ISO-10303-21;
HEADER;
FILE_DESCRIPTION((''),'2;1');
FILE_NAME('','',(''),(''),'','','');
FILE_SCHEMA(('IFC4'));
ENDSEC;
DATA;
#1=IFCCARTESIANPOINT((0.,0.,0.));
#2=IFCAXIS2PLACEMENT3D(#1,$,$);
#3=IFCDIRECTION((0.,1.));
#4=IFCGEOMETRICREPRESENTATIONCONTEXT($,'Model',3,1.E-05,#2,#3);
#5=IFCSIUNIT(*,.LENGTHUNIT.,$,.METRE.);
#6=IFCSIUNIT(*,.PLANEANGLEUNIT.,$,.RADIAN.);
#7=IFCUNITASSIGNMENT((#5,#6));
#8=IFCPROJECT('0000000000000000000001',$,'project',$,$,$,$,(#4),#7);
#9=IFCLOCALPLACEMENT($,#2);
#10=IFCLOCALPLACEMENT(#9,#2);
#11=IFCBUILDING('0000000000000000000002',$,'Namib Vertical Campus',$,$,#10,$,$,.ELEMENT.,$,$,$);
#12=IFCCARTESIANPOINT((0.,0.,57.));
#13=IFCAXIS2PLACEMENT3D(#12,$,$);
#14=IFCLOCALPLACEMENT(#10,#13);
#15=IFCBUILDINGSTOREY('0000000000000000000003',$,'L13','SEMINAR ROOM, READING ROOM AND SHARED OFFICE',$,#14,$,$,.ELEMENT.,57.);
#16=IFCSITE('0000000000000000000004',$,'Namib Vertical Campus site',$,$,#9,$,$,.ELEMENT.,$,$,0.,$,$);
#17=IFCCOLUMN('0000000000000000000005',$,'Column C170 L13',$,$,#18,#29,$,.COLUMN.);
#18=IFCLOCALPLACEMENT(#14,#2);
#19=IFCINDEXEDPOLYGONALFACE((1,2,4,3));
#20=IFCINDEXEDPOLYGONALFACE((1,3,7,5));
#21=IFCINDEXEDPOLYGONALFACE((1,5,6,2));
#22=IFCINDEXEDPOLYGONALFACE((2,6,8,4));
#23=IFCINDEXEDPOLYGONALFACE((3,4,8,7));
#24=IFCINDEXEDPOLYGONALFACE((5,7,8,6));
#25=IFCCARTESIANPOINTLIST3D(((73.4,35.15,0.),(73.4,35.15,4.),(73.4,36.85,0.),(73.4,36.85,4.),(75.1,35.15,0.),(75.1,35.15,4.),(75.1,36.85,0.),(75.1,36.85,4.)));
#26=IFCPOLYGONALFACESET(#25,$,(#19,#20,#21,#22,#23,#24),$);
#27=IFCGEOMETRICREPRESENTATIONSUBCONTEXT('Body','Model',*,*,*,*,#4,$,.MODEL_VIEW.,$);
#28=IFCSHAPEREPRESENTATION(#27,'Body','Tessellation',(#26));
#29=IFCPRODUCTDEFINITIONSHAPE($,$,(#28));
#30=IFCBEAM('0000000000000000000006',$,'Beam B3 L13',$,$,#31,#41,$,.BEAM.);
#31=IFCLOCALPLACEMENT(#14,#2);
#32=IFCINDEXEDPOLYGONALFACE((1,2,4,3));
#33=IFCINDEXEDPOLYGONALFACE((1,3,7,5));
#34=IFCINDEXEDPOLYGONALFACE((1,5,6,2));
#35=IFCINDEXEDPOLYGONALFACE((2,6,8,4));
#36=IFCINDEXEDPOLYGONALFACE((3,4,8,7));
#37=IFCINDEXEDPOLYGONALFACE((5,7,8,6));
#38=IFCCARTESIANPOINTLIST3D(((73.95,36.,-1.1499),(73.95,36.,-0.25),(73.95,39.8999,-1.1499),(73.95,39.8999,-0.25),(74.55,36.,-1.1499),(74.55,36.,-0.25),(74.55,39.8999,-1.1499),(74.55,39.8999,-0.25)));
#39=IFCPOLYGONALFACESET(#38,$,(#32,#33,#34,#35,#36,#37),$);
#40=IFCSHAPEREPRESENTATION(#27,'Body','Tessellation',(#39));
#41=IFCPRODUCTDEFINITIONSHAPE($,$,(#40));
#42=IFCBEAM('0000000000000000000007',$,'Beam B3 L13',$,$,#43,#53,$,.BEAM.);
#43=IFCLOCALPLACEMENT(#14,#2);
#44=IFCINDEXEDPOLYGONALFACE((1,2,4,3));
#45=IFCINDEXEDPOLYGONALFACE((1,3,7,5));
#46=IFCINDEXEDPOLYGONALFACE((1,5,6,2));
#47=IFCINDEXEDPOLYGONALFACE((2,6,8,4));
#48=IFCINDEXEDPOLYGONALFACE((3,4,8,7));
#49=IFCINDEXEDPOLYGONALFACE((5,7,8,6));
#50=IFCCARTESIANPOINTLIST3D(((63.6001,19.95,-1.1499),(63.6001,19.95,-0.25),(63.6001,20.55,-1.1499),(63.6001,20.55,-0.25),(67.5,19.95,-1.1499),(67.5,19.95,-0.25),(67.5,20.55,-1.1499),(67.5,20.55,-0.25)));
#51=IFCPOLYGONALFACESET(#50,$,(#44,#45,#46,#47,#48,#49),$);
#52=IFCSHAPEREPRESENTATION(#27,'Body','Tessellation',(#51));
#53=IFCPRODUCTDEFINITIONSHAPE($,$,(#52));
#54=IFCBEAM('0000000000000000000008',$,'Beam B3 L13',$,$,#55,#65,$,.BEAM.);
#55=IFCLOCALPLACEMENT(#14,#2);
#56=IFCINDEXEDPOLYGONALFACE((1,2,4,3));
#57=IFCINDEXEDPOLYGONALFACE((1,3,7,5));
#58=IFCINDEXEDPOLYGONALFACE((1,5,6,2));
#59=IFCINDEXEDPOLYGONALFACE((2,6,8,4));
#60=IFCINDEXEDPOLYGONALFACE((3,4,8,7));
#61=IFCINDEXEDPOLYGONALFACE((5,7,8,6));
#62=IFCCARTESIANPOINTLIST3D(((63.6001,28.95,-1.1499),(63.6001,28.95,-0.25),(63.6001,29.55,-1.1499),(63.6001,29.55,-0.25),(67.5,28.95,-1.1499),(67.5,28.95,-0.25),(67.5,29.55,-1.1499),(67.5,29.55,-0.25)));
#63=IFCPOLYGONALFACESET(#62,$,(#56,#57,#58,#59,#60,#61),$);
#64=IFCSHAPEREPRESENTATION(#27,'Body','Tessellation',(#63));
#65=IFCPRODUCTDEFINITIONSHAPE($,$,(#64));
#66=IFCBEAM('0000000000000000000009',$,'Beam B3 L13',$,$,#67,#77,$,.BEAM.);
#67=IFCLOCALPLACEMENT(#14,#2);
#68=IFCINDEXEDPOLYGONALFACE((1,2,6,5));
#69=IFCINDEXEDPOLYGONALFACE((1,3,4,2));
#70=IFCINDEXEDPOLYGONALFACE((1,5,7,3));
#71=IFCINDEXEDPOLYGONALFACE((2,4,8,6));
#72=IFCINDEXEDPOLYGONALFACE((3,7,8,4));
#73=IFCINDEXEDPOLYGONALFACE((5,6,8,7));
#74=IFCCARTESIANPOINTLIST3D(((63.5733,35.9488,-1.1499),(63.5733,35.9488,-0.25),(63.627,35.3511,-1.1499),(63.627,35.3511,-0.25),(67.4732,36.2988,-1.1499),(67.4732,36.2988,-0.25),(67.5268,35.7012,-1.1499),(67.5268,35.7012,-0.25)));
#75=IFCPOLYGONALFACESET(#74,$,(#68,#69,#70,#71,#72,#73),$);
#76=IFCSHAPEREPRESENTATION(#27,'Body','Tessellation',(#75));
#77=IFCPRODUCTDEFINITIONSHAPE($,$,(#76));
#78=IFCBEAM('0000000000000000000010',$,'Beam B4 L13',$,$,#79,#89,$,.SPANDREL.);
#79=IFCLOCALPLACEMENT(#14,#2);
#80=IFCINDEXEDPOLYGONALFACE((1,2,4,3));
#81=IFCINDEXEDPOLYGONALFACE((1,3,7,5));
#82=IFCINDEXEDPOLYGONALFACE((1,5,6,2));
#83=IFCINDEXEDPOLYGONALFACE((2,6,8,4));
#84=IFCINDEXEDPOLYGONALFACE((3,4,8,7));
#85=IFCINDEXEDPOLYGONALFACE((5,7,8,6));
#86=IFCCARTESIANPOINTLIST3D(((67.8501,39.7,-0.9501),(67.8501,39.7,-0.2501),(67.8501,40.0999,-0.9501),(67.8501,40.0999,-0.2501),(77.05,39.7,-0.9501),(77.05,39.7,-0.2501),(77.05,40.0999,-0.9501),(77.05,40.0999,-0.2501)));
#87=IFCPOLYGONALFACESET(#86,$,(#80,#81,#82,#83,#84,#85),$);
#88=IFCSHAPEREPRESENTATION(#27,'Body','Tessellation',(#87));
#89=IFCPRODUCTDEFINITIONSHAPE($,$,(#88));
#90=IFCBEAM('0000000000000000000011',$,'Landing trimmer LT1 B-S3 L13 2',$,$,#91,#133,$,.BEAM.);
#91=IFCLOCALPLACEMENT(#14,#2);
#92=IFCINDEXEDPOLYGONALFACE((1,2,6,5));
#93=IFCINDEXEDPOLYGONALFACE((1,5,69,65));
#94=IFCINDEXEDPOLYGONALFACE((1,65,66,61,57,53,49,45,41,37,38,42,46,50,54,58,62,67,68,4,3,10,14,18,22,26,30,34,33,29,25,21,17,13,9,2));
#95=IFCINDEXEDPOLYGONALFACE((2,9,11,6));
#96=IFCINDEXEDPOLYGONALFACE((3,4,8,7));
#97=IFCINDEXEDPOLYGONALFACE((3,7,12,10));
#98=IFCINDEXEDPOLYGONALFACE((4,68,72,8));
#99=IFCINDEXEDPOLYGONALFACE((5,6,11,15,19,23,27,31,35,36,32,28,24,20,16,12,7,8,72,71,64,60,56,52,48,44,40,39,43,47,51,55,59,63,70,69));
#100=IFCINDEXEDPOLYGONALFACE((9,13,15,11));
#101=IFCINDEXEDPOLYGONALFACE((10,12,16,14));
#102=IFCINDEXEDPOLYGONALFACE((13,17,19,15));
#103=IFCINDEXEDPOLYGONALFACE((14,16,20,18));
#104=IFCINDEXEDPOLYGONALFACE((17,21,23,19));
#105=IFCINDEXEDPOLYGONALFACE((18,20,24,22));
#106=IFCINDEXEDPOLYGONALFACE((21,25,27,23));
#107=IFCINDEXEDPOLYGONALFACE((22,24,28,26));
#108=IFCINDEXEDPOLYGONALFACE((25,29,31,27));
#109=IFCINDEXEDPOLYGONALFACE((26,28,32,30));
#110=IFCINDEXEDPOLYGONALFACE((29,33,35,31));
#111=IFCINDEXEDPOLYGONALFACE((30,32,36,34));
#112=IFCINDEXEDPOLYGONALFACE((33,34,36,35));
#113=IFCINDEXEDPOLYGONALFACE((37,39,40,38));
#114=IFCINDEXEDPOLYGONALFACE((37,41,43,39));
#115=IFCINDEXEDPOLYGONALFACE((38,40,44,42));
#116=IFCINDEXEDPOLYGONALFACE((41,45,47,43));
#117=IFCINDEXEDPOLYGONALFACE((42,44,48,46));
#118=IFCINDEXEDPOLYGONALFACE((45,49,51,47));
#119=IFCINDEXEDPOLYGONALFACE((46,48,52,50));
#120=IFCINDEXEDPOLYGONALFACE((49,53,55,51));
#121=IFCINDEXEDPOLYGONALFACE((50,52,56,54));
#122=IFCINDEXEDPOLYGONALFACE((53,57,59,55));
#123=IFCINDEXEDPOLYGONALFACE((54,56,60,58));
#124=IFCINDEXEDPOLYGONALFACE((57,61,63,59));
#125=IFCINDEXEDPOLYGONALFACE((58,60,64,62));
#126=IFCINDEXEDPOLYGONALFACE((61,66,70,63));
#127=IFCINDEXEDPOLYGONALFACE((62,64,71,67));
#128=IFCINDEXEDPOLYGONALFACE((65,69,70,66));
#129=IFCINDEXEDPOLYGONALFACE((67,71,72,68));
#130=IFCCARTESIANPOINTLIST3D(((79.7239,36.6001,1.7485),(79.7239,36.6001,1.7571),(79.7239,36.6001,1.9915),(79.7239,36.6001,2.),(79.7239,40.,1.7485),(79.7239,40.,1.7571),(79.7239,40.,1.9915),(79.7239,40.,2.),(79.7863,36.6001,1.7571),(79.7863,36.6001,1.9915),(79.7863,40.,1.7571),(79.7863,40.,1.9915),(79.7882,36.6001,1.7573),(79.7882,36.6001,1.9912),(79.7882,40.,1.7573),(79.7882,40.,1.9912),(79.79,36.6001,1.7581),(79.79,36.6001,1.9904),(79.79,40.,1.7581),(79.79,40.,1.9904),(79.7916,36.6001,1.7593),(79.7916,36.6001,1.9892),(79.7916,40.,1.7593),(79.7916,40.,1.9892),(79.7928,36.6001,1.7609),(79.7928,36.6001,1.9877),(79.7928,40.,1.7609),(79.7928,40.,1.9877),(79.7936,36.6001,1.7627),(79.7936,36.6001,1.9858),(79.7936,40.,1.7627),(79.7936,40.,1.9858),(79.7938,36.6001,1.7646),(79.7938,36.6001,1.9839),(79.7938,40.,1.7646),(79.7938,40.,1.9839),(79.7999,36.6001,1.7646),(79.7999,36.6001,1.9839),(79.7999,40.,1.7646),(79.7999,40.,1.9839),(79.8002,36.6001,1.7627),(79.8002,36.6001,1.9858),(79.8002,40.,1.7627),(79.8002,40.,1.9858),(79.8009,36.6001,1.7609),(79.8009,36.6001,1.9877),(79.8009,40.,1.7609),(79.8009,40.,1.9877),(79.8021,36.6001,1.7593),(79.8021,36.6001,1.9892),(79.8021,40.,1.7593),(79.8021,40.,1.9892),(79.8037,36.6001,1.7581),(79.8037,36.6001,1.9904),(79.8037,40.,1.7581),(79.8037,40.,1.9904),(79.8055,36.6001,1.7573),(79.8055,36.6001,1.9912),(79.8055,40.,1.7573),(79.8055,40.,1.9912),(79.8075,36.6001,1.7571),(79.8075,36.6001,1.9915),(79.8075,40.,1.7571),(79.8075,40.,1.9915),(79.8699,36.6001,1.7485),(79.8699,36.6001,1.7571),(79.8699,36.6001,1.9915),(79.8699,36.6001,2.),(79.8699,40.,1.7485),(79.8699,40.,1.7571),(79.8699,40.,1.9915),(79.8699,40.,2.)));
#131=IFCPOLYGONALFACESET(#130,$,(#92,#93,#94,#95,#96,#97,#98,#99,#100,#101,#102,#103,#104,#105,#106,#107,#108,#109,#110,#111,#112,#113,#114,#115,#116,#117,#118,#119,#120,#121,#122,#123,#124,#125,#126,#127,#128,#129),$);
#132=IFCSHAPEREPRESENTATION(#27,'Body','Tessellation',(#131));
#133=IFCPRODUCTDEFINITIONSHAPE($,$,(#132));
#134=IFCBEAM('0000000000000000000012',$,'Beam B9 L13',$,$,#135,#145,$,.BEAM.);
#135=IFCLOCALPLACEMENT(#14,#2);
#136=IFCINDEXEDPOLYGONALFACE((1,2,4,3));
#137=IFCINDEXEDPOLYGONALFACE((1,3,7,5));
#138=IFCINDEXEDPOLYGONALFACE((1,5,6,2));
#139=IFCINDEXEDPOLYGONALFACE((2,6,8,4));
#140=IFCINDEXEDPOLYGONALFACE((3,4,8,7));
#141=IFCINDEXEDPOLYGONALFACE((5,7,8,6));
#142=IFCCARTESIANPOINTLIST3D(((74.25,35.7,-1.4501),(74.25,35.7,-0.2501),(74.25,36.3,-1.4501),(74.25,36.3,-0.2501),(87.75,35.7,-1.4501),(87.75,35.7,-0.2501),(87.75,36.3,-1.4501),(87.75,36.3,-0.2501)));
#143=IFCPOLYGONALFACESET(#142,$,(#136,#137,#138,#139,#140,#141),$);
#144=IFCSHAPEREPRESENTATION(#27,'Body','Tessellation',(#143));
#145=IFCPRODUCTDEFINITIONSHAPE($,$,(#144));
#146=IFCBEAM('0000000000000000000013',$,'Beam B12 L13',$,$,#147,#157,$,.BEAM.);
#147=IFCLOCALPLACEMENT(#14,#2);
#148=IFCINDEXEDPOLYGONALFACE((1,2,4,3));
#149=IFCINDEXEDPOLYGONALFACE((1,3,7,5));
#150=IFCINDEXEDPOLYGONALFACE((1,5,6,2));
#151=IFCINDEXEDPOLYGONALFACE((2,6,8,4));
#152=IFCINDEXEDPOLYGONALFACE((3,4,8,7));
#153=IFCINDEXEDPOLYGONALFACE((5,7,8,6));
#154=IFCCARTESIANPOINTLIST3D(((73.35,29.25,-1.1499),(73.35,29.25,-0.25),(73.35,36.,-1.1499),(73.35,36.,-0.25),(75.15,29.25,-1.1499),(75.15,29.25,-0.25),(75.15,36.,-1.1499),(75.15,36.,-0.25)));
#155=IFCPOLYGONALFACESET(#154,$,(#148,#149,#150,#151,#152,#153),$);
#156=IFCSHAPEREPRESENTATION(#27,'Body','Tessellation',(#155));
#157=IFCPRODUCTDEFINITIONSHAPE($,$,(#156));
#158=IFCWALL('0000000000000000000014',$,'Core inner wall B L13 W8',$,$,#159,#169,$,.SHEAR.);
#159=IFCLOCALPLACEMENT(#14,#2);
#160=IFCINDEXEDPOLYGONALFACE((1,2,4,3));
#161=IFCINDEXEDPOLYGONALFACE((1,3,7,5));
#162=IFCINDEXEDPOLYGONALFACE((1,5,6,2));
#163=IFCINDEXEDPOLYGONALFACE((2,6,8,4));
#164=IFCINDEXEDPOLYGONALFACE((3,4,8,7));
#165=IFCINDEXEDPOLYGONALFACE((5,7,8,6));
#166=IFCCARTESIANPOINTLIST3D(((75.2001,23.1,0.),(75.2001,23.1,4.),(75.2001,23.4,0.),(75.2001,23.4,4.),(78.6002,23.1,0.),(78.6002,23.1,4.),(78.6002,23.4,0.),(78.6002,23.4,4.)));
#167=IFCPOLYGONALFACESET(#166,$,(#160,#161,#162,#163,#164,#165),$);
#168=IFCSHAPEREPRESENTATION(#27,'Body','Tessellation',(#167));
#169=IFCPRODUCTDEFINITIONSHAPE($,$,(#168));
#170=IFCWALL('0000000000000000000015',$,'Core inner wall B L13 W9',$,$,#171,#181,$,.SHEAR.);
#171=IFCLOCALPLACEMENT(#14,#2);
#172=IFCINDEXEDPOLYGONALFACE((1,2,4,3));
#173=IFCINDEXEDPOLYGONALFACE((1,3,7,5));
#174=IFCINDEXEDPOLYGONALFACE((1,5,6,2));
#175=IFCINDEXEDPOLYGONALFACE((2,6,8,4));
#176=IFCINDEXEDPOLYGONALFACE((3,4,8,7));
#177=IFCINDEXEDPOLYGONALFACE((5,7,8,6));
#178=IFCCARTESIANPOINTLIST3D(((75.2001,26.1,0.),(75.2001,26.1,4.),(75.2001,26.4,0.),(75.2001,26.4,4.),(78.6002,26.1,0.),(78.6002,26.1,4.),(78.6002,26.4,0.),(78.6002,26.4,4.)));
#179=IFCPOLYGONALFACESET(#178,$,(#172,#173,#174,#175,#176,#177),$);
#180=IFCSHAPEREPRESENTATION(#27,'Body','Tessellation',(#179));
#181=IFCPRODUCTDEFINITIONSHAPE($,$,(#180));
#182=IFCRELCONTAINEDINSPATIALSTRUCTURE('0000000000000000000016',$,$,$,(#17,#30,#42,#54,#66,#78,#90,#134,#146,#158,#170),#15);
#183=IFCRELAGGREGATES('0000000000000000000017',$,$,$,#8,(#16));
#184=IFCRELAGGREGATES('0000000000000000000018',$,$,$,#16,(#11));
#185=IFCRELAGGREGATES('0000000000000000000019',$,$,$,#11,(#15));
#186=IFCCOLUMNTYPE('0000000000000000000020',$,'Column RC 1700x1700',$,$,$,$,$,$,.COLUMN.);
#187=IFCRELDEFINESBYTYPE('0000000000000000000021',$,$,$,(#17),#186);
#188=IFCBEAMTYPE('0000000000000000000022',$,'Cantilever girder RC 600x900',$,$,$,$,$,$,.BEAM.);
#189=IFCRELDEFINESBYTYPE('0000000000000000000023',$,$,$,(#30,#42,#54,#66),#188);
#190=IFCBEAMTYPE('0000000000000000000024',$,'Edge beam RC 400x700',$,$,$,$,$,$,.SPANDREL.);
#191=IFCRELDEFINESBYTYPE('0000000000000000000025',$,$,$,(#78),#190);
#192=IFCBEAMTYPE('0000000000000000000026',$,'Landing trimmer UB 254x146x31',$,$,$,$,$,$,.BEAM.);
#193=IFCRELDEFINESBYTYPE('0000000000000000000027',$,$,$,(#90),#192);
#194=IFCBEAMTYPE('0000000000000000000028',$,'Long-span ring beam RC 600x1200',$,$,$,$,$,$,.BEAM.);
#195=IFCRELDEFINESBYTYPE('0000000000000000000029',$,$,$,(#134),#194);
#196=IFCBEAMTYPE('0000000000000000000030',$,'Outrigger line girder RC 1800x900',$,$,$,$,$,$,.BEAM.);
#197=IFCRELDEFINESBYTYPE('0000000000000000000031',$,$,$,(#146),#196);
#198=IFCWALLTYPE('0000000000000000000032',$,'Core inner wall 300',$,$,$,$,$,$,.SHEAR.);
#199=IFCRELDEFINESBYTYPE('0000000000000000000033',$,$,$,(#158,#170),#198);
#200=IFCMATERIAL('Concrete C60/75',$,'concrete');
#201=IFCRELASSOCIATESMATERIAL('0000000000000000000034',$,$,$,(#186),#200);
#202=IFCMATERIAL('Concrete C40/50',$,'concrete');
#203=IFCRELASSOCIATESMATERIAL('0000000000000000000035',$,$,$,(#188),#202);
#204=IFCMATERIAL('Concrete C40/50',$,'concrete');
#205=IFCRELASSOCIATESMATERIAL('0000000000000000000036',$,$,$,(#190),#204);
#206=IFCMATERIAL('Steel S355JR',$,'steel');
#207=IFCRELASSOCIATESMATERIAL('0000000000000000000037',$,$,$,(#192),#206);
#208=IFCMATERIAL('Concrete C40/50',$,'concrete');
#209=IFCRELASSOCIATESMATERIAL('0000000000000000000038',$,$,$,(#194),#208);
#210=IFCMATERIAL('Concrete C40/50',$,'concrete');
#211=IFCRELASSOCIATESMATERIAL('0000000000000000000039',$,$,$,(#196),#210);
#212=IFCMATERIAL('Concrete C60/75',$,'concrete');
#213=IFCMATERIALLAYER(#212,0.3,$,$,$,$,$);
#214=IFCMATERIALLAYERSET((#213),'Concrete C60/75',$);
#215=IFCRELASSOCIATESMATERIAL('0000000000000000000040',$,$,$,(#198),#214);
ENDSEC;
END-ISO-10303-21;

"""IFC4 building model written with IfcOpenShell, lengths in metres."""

from ifc_helpers import new_model, si_unit, direction, frame, frame_2d, origin, origin_2d, place, context, subcontext, project, spatial, rectangle, i_section, extrude, material, layer, layer_set, material_profile, profile_set, type_object, element, save


model = new_model("IFC4")

# Units and contexts
model_context = context("Model", 3, precision=1e-05, world=origin(), true_north=direction((0.0, 1.0)))
body_context = subcontext(model_context, "Body", "Model", "MODEL_VIEW")
ifc_project = project(units=[si_unit("LENGTHUNIT", "METRE"), si_unit("PLANEANGLEUNIT", "RADIAN")], contexts=[model_context])

# Site, building, storey
site_placement = place(None, origin())
site = spatial("IfcSite", under=ifc_project, at=site_placement, Name="Namib Vertical Campus site", CompositionType="ELEMENT", RefElevation=0.0)
building_placement = place(site_placement, origin())
building = spatial("IfcBuilding", under=site, at=building_placement, Name="Namib Vertical Campus", CompositionType="ELEMENT")
storey_placement = place(building_placement, frame((0.0, 0.0, 57.0)))
storey = spatial("IfcBuildingStorey", under=building, at=storey_placement, Name="L13", Description="SEMINAR ROOM, READING ROOM AND SHARED OFFICE", CompositionType="ELEMENT", Elevation=57.0)

# Column
ifc_material_1 = material(Name="Concrete C60/75", Category="concrete")
ifc_material_profile_1 = material_profile(ifc_material_1, rectangle(XDim=1.7, YDim=1.7, at=origin_2d()))
ifc_profile_set_1 = profile_set([ifc_material_profile_1], Name="Concrete C60/75")
column_type = type_object("IfcColumnType", Name="Column RC 1700x1700", PredefinedType="COLUMN", material=ifc_profile_set_1)
column_placement = place(storey_placement, frame((74.25, 36.0, 0.0), z_axis=(0.0, 0.0, 1.0), x_axis=(1.0, 0.0, 0.0)))
element("IfcColumn", 1, at=column_placement, inside=storey, type_object=column_type, Name="Column C170 L13", PredefinedType="COLUMN", context=body_context, shape_type="SweptSolid", body=[
    extrude(rectangle(XDim=1.7, YDim=1.7, at=origin_2d()), origin(), (0.0, 0.0, 1.0), 4.0),
])

# Beams
ifc_material_2 = material(Name="Concrete C40/50", Category="concrete")
ifc_material_profile_2 = material_profile(ifc_material_2, rectangle(XDim=0.6001, YDim=0.8999, at=origin_2d()))
ifc_profile_set_2 = profile_set([ifc_material_profile_2], Name="Concrete C40/50")
beam_type_1 = type_object("IfcBeamType", Name="Cantilever girder RC 600x900", PredefinedType="BEAM", material=ifc_profile_set_2)
for number, where, z_axis, x_axis, name in (
    (2, (74.25, 36.0, -0.7), (0.0, 1.0, 0.0), (-1.0, 0.0, 0.0), "Beam B3 L13"),
    (3, (67.5, 20.25, -0.7), (-1.0, 0.0, 0.0), (0.0, -1.0, 0.0), "Beam B3 L13"),
    (4, (67.5, 29.25, -0.7), (-1.0, 0.0, 0.0), (0.0, -1.0, 0.0), "Beam B3 L13"),
):
    element("IfcBeam", number, at=place(storey_placement, frame(where, z_axis=z_axis, x_axis=x_axis)), inside=storey, type_object=beam_type_1, Name=name, PredefinedType="BEAM", context=body_context, shape_type="SweptSolid", body=[
        extrude(rectangle(XDim=0.6001, YDim=0.8999, at=origin_2d()), origin(), (0.0, 0.0, 1.0), 3.8999),
    ])
beam_1_placement = place(storey_placement, frame((67.5, 36.0, -0.7), z_axis=(-0.995995, -0.089411, 0.0), x_axis=(0.089411, -0.995995, 0.0)))
element("IfcBeam", 5, at=beam_1_placement, inside=storey, type_object=beam_type_1, Name="Beam B3 L13", PredefinedType="BEAM", context=body_context, shape_type="SweptSolid", body=[
    extrude(rectangle(XDim=0.6001, YDim=0.8999, at=origin_2d()), origin(), (0.0, 0.0, 1.0), 3.9155),
])
ifc_material_3 = material(Name="Concrete C40/50", Category="concrete")
ifc_material_profile_3 = material_profile(ifc_material_3, rectangle(XDim=0.3999, YDim=0.7, at=origin_2d()))
ifc_profile_set_3 = profile_set([ifc_material_profile_3], Name="Concrete C40/50")
beam_type_2 = type_object("IfcBeamType", Name="Edge beam RC 400x700", PredefinedType="SPANDREL", material=ifc_profile_set_3)
beam_2_placement = place(storey_placement, frame((67.8501, 39.8999, -0.6001), z_axis=(1.0, 0.0, 0.0), x_axis=(0.0, 1.0, 0.0)))
element("IfcBeam", 6, at=beam_2_placement, inside=storey, type_object=beam_type_2, Name="Beam B4 L13", PredefinedType="SPANDREL", context=body_context, shape_type="SweptSolid", body=[
    extrude(rectangle(XDim=0.3999, YDim=0.7, at=origin_2d()), origin(), (0.0, 0.0, 1.0), 9.2),
])
ifc_material_4 = material(Name="Steel S355JR", Category="steel")
ifc_material_profile_4 = material_profile(ifc_material_4, i_section(OverallWidth=0.146, OverallDepth=0.2515, WebThickness=0.0061, FlangeThickness=0.0085, FilletRadius=0.0076, at=origin_2d()))
ifc_profile_set_4 = profile_set([ifc_material_profile_4], Name="Steel S355JR")
beam_type_3 = type_object("IfcBeamType", Name="Landing trimmer UB 254x146x31", PredefinedType="BEAM", material=ifc_profile_set_4)
beam_3_placement = place(storey_placement, frame((79.7969, 36.6001, 1.8743), z_axis=(0.0, 1.0, 0.0), x_axis=(-1.0, 0.0, 0.0)))
element("IfcBeam", 7, at=beam_3_placement, inside=storey, type_object=beam_type_3, Name="Landing trimmer LT1 B-S3 L13 2", PredefinedType="BEAM", context=body_context, shape_type="SweptSolid", body=[
    extrude(i_section(OverallWidth=0.146, OverallDepth=0.2515, WebThickness=0.0061, FlangeThickness=0.0085, FilletRadius=0.0076, at=origin_2d()), origin(), (0.0, 0.0, 1.0), 3.3999),
])
ifc_material_5 = material(Name="Concrete C40/50", Category="concrete")
ifc_material_profile_5 = material_profile(ifc_material_5, rectangle(XDim=0.6001, YDim=1.2, at=origin_2d()))
ifc_profile_set_5 = profile_set([ifc_material_profile_5], Name="Concrete C40/50")
beam_type_4 = type_object("IfcBeamType", Name="Long-span ring beam RC 600x1200", PredefinedType="BEAM", material=ifc_profile_set_5)
beam_4_placement = place(storey_placement, frame((74.25, 36.0, -0.8501), z_axis=(1.0, 0.0, 0.0), x_axis=(0.0, 1.0, 0.0)))
element("IfcBeam", 8, at=beam_4_placement, inside=storey, type_object=beam_type_4, Name="Beam B9 L13", PredefinedType="BEAM", context=body_context, shape_type="SweptSolid", body=[
    extrude(rectangle(XDim=0.6001, YDim=1.2, at=origin_2d()), origin(), (0.0, 0.0, 1.0), 13.5),
])
ifc_material_6 = material(Name="Concrete C40/50", Category="concrete")
ifc_material_profile_6 = material_profile(ifc_material_6, rectangle(XDim=1.8, YDim=0.8999, at=origin_2d()))
ifc_profile_set_6 = profile_set([ifc_material_profile_6], Name="Concrete C40/50")
beam_type_5 = type_object("IfcBeamType", Name="Outrigger line girder RC 1800x900", PredefinedType="BEAM", material=ifc_profile_set_6)
beam_5_placement = place(storey_placement, frame((74.25, 36.0, -0.7), z_axis=(0.0, -1.0, 0.0), x_axis=(1.0, 0.0, 0.0)))
element("IfcBeam", 9, at=beam_5_placement, inside=storey, type_object=beam_type_5, Name="Beam B12 L13", PredefinedType="BEAM", context=body_context, shape_type="SweptSolid", body=[
    extrude(rectangle(XDim=1.8, YDim=0.8999, at=origin_2d()), origin(), (0.0, 0.0, 1.0), 6.75),
])

# Walls
ifc_material_7 = material(Name="Concrete C60/75", Category="concrete")
ifc_layer_1 = layer(ifc_material_7, 0.3)
ifc_layer_set_1 = layer_set([ifc_layer_1], Name="Concrete C60/75")
wall_type_1 = type_object("IfcWallType", Name="Core inner wall 300", PredefinedType="SHEAR", material=ifc_layer_set_1)
for number, where, z_axis, x_axis, name in (
    (10, (75.2, 23.25, 0.0), (0.0, 0.0, 1.0), (1.0, 0.0, 0.0), "Core inner wall B L13 W8"),
    (11, (75.2, 26.25, 0.0), (0.0, 0.0, 1.0), (1.0, 0.0, 0.0), "Core inner wall B L13 W9"),
):
    element("IfcWall", number, at=place(storey_placement, frame(where, z_axis=z_axis, x_axis=x_axis)), inside=storey, type_object=wall_type_1, Name=name, PredefinedType="SHEAR", context=body_context, shape_type="SweptSolid", body=[
        extrude(rectangle(XDim=3.4001, YDim=0.3, at=frame_2d((1.7002, 0.0))), origin(), (0.0, 0.0, 1.0), 4.0),
    ])

save(model, "model.ifc")
